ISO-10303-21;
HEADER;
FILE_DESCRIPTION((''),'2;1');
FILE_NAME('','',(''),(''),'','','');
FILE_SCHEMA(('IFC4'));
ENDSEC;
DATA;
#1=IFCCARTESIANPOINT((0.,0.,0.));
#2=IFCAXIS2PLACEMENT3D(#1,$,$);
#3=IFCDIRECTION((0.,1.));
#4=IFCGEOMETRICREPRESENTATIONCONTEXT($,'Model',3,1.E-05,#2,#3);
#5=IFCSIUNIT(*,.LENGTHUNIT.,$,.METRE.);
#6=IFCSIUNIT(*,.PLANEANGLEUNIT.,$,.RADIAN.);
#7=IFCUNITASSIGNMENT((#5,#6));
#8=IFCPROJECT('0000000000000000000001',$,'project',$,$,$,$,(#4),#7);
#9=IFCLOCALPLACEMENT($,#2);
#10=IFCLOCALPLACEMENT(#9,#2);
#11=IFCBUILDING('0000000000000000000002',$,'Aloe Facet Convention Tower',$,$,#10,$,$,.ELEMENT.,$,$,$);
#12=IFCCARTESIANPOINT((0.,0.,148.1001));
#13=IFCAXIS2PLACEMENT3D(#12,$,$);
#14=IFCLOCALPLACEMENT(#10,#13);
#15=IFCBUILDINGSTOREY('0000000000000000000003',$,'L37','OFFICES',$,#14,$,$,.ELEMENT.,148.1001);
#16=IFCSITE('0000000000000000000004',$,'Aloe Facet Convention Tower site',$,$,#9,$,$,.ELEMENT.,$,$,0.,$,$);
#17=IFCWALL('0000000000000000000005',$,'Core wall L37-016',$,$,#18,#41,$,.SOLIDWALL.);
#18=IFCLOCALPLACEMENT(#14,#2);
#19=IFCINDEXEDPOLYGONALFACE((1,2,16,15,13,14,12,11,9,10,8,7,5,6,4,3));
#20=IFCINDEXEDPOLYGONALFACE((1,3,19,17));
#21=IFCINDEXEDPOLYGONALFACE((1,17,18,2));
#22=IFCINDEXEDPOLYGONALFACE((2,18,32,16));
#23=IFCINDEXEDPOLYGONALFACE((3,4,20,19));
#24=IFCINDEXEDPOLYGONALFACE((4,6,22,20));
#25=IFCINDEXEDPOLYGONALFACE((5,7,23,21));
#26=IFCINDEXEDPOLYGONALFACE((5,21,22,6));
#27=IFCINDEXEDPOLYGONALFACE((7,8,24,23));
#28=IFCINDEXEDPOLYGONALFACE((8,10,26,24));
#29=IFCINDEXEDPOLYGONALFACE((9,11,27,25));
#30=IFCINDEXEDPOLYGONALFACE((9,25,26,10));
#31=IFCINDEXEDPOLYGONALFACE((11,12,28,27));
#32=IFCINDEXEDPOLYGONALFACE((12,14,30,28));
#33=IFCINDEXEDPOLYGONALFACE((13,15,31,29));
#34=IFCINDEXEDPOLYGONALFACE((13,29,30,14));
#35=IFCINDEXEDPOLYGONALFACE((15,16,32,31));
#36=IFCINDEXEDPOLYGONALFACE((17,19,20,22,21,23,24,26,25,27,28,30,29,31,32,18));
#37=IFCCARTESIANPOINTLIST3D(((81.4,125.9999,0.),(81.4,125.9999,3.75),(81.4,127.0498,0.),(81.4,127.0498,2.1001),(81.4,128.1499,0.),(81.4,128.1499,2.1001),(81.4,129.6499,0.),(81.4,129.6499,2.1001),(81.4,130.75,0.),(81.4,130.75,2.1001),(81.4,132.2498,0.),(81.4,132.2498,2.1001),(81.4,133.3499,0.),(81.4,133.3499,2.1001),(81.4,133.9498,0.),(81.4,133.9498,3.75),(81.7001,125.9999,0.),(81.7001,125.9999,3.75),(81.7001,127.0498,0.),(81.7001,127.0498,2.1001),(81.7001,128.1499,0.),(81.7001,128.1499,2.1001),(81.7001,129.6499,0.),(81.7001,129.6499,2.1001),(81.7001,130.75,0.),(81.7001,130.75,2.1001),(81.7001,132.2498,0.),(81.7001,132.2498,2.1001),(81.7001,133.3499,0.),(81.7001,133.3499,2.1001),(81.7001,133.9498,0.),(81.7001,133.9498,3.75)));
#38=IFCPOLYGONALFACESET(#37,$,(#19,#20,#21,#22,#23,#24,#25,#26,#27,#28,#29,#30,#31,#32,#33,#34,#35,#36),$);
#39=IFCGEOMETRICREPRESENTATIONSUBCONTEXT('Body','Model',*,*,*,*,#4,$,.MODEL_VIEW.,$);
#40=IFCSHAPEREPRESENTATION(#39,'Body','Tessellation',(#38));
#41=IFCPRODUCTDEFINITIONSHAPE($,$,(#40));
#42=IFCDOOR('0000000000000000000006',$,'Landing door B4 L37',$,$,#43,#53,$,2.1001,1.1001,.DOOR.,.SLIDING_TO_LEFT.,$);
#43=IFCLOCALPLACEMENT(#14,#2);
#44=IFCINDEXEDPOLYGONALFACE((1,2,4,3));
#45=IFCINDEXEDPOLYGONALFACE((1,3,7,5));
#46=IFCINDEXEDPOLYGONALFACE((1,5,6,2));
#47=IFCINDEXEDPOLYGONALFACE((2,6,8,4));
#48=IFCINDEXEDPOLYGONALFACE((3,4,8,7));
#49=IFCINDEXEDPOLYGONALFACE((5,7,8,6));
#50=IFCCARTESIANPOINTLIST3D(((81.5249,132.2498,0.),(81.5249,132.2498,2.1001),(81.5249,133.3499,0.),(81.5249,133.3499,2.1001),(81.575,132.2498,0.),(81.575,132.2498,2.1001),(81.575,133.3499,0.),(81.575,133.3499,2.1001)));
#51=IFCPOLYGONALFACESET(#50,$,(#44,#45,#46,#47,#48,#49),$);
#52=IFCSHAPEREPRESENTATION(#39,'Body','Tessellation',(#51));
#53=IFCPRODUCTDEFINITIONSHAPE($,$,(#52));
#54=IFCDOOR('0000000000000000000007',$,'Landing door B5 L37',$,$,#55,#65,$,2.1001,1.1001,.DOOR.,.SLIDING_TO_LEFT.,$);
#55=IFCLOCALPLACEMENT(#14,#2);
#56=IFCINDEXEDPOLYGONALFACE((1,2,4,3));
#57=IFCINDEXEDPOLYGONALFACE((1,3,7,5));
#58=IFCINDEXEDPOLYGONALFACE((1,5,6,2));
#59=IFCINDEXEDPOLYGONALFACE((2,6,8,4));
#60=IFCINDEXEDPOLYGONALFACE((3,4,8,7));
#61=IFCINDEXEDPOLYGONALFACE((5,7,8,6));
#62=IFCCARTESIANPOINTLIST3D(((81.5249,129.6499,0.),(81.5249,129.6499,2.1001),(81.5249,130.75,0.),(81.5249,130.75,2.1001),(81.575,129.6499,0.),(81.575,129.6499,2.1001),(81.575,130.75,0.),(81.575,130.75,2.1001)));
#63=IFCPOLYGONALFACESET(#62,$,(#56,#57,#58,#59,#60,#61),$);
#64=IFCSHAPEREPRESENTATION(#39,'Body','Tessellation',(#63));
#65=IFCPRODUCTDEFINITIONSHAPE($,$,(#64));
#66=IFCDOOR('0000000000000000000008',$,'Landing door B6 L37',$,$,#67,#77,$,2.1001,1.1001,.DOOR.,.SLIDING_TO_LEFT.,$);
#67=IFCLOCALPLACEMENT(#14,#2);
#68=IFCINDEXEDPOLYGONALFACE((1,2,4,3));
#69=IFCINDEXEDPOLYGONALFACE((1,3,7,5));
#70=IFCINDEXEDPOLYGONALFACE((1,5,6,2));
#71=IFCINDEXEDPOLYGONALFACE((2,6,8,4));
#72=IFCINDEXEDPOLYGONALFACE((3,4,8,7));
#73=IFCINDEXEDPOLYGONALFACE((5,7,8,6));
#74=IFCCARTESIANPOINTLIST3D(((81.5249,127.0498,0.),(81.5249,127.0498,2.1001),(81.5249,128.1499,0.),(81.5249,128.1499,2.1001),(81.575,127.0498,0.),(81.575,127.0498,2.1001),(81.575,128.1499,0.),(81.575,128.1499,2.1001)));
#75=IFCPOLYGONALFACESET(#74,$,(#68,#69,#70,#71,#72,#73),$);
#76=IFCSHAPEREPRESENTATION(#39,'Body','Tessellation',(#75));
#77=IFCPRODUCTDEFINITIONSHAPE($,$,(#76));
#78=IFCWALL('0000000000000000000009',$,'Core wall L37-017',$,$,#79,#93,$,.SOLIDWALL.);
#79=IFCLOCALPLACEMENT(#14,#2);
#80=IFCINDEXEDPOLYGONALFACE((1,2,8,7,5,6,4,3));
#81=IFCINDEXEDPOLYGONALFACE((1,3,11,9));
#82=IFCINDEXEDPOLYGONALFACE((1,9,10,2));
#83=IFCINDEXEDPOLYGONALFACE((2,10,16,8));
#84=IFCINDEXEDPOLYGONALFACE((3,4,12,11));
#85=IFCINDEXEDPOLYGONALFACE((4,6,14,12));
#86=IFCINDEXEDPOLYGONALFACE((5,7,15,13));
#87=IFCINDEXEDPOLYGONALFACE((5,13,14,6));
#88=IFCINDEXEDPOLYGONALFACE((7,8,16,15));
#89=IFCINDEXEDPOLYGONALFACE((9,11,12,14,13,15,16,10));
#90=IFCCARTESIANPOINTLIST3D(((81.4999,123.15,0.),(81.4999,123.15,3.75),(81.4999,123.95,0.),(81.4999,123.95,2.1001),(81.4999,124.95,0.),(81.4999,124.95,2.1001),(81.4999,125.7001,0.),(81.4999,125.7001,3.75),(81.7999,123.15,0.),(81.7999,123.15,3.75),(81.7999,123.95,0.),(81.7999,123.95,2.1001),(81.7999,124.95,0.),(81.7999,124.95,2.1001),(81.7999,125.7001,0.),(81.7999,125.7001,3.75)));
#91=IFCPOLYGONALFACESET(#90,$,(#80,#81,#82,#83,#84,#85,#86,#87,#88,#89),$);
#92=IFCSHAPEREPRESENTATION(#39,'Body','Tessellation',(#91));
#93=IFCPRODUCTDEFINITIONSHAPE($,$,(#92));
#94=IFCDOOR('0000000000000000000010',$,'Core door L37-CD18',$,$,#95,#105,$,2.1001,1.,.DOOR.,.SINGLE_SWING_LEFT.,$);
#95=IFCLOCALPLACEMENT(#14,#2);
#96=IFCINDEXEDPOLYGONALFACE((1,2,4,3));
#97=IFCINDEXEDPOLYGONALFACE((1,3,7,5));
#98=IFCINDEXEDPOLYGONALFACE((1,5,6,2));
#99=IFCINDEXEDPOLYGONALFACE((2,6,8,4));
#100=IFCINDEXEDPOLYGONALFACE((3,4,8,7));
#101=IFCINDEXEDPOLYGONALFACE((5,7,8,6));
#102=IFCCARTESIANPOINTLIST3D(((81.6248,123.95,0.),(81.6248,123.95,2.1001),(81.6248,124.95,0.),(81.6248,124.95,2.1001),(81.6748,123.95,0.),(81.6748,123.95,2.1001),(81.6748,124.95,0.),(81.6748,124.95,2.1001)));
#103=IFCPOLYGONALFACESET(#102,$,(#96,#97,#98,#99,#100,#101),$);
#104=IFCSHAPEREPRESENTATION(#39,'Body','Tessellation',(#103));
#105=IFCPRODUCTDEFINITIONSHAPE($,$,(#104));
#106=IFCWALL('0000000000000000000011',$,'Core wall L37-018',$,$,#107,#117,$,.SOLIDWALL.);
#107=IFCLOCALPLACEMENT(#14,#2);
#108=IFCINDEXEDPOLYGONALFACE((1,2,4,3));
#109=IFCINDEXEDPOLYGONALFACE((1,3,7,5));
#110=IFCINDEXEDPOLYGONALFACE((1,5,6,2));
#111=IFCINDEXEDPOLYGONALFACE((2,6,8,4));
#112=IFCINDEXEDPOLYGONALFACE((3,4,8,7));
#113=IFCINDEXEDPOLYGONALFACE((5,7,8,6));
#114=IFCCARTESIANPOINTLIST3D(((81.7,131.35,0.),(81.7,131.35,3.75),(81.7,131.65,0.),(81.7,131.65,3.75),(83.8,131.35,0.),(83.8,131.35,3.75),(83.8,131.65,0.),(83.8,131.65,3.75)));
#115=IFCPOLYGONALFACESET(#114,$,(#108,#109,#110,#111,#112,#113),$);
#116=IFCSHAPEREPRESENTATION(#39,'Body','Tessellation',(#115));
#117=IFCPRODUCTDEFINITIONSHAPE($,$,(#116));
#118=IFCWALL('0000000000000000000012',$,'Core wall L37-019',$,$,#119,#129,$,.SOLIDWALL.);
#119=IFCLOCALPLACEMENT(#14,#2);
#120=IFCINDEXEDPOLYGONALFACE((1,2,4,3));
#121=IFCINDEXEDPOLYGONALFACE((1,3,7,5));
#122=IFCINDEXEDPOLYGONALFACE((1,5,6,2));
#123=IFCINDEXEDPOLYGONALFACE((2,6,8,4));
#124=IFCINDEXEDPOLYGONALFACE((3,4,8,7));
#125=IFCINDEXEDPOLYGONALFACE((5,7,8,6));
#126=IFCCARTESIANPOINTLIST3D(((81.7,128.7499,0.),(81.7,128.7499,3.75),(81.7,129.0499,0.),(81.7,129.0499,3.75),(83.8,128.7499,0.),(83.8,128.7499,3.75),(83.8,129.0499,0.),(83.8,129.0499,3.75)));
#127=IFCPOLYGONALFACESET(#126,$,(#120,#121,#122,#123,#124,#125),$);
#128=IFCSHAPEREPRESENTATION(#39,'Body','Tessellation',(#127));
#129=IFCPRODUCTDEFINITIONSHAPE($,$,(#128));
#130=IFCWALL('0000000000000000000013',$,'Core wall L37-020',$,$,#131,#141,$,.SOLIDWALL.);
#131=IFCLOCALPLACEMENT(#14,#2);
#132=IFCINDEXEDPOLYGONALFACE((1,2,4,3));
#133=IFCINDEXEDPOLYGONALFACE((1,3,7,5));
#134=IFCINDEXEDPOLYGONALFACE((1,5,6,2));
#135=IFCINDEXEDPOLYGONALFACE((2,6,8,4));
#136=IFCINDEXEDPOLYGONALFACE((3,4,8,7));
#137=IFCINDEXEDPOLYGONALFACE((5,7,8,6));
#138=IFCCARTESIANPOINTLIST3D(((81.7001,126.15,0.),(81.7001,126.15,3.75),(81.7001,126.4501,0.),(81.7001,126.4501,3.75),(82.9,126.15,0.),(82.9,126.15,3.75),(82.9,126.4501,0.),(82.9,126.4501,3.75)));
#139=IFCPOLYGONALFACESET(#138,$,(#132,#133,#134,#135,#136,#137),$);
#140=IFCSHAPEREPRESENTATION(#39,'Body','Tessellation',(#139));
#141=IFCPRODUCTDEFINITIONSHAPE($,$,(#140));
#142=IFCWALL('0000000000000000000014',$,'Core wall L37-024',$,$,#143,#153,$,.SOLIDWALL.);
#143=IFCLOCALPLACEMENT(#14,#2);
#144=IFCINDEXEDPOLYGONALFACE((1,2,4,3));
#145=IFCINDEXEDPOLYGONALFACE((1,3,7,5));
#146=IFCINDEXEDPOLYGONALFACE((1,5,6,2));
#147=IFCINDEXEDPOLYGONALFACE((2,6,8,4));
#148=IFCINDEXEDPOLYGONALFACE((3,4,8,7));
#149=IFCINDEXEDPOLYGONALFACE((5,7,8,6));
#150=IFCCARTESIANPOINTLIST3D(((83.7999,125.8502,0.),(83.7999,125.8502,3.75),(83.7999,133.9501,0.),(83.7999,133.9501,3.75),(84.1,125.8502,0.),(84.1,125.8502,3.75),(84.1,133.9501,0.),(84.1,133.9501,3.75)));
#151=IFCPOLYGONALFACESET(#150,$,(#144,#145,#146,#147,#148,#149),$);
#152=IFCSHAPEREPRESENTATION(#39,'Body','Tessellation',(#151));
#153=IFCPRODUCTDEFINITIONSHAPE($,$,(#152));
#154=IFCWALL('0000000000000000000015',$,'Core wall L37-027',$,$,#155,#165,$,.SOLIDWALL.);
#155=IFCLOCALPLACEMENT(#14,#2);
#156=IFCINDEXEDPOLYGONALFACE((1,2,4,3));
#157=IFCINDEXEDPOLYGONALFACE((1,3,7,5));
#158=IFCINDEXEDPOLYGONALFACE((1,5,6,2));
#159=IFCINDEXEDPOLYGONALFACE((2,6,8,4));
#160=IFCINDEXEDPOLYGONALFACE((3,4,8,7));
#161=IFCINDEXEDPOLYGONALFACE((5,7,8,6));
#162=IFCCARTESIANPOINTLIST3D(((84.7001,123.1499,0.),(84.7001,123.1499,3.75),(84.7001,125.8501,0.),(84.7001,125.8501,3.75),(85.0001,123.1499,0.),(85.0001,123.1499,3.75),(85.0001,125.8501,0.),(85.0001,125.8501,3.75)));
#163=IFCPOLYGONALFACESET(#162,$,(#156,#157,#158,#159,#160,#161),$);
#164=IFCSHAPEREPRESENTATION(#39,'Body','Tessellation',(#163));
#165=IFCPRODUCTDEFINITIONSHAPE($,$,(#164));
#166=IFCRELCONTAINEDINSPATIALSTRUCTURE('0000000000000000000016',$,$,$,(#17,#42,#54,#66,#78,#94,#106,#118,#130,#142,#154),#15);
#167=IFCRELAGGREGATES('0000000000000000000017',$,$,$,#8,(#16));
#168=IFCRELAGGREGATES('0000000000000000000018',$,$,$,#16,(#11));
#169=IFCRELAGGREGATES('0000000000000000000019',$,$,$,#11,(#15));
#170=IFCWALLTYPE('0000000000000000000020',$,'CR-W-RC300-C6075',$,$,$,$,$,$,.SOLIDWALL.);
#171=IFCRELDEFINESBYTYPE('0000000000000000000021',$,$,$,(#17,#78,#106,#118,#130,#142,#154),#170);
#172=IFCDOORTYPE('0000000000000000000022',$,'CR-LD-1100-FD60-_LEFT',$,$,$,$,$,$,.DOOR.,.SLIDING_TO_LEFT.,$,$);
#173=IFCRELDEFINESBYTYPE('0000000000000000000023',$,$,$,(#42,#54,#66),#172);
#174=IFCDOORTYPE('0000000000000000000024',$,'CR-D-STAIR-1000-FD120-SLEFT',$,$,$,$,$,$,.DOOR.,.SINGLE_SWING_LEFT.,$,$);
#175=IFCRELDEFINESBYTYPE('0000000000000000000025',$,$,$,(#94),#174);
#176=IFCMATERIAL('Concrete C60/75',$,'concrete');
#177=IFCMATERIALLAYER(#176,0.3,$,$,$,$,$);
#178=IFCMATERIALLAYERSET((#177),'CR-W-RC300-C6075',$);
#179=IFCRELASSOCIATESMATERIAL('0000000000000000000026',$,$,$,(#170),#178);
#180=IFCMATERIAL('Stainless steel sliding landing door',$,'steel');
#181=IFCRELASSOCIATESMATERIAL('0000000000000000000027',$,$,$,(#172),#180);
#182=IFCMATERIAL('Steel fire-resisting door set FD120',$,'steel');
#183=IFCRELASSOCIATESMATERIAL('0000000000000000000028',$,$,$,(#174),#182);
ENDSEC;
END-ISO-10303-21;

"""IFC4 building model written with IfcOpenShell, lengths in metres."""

from ifc_helpers import new_model, si_unit, direction, frame, frame_2d, origin, place, context, subcontext, project, spatial, rectangle, extrude, material, layer, layer_set, type_object, element, fill, save


model = new_model("IFC4")

# Units and contexts
model_context = context("Model", 3, precision=1e-05, world=origin(), true_north=direction((0.0, 1.0)))
body_context = subcontext(model_context, "Body", "Model", "MODEL_VIEW")
ifc_project = project(units=[si_unit("LENGTHUNIT", "METRE"), si_unit("PLANEANGLEUNIT", "RADIAN")], contexts=[model_context])

# Site, building, storey
site_placement = place(None, origin())
site = spatial("IfcSite", under=ifc_project, at=site_placement, Name="Aloe Facet Convention Tower site", CompositionType="ELEMENT", RefElevation=0.0)
building_placement = place(site_placement, origin())
building = spatial("IfcBuilding", under=site, at=building_placement, Name="Aloe Facet Convention Tower", CompositionType="ELEMENT")
storey_placement = place(building_placement, frame((0.0, 0.0, 148.1001)))
storey = spatial("IfcBuildingStorey", under=building, at=storey_placement, Name="L37", Description="OFFICES", CompositionType="ELEMENT", Elevation=148.1001)

# Wall, openings, doors
ifc_material_1 = material(Name="Concrete C60/75", Category="concrete")
ifc_layer_1 = layer(ifc_material_1, 0.3)
ifc_layer_set_1 = layer_set([ifc_layer_1], Name="CR-W-RC300-C6075")
wall_type_1 = type_object("IfcWallType", Name="CR-W-RC300-C6075", PredefinedType="SOLIDWALL", material=ifc_layer_set_1)
wall_1_placement = place(storey_placement, frame((81.55, 133.95, 0.0), z_axis=(0.0, 0.0, 1.0), x_axis=(0.0, -1.0, 0.0)))
wall_1 = element("IfcWall", 1, at=wall_1_placement, inside=storey, type_object=wall_type_1, Name="Core wall L37-016", PredefinedType="SOLIDWALL", context=body_context, shape_type="SweptSolid", body=[
    extrude(rectangle(XDim=7.95, YDim=0.3, at=frame_2d((3.9751, 0.0))), origin(), (0.0, 0.0, 1.0), 3.75),
])
opening_1_placement = place(wall_1_placement, frame((0.6001, 0.0, 0.0)))
opening_1 = element("IfcOpeningElement", 2, at=opening_1_placement, cuts=wall_1, PredefinedType="OPENING", context=body_context, shape_type="SweptSolid", body=[
    extrude(rectangle(XDim=1.1001, YDim=2.1001, at=frame_2d((0.55, 1.05))), frame((0.0, 0.1602, 0.0), z_axis=(0.0, -1.0, 0.0), x_axis=(1.0, 0.0, 0.0)), (0.0, 0.0, 1.0), 0.3201),
])
opening_2_placement = place(wall_1_placement, frame((3.2, 0.0, 0.0)))
opening_2 = element("IfcOpeningElement", 3, at=opening_2_placement, cuts=wall_1, PredefinedType="OPENING", context=body_context, shape_type="SweptSolid", body=[
    extrude(rectangle(XDim=1.1001, YDim=2.1001, at=frame_2d((0.55, 1.05))), frame((0.0, 0.1602, 0.0), z_axis=(0.0, -1.0, 0.0), x_axis=(1.0, 0.0, 0.0)), (0.0, 0.0, 1.0), 0.3201),
])
opening_3_placement = place(wall_1_placement, frame((5.8, 0.0, 0.0)))
opening_3 = element("IfcOpeningElement", 4, at=opening_3_placement, cuts=wall_1, PredefinedType="OPENING", context=body_context, shape_type="SweptSolid", body=[
    extrude(rectangle(XDim=1.1001, YDim=2.1001, at=frame_2d((0.55, 1.05))), frame((0.0, 0.1602, 0.0), z_axis=(0.0, -1.0, 0.0), x_axis=(1.0, 0.0, 0.0)), (0.0, 0.0, 1.0), 0.3201),
])
ifc_material_2 = material(Name="Stainless steel sliding landing door", Category="steel")
door_type_1 = type_object("IfcDoorType", Name="CR-LD-1100-FD60-_LEFT", OperationType="SLIDING_TO_LEFT", PredefinedType="DOOR", material=ifc_material_2)
door_1_placement = place(opening_1_placement, origin())
door_1 = element("IfcDoor", 5, at=door_1_placement, inside=storey, type_object=door_type_1, Name="Landing door B4 L37", OperationType="SLIDING_TO_LEFT", OverallHeight=2.1001, OverallWidth=1.1001, PredefinedType="DOOR", context=body_context, shape_type="SweptSolid", body=[
    extrude(rectangle(XDim=1.1001, YDim=2.1001, at=frame_2d((0.55, 1.05))), frame((0.0, 0.0249, 0.0), z_axis=(0.0, -1.0, 0.0), x_axis=(1.0, 0.0, 0.0)), (0.0, 0.0, 1.0), 0.05),
])
fill(opening_1, door_1)
door_2_placement = place(opening_2_placement, origin())
door_2 = element("IfcDoor", 6, at=door_2_placement, inside=storey, type_object=door_type_1, Name="Landing door B5 L37", OperationType="SLIDING_TO_LEFT", OverallHeight=2.1001, OverallWidth=1.1001, PredefinedType="DOOR", context=body_context, shape_type="SweptSolid", body=[
    extrude(rectangle(XDim=1.1001, YDim=2.1001, at=frame_2d((0.55, 1.05))), frame((0.0, 0.0249, 0.0), z_axis=(0.0, -1.0, 0.0), x_axis=(1.0, 0.0, 0.0)), (0.0, 0.0, 1.0), 0.05),
])
fill(opening_2, door_2)
door_3_placement = place(opening_3_placement, origin())
door_3 = element("IfcDoor", 7, at=door_3_placement, inside=storey, type_object=door_type_1, Name="Landing door B6 L37", OperationType="SLIDING_TO_LEFT", OverallHeight=2.1001, OverallWidth=1.1001, PredefinedType="DOOR", context=body_context, shape_type="SweptSolid", body=[
    extrude(rectangle(XDim=1.1001, YDim=2.1001, at=frame_2d((0.55, 1.05))), frame((0.0, 0.0249, 0.0), z_axis=(0.0, -1.0, 0.0), x_axis=(1.0, 0.0, 0.0)), (0.0, 0.0, 1.0), 0.05),
])
fill(opening_3, door_3)

# Wall, opening, door
wall_2_placement = place(storey_placement, frame((81.6499, 125.7, 0.0), z_axis=(0.0, 0.0, 1.0), x_axis=(0.0, -1.0, 0.0)))
wall_2 = element("IfcWall", 8, at=wall_2_placement, inside=storey, type_object=wall_type_1, Name="Core wall L37-017", PredefinedType="SOLIDWALL", context=body_context, shape_type="SweptSolid", body=[
    extrude(rectangle(XDim=2.55, YDim=0.3, at=frame_2d((1.2749, 0.0))), origin(), (0.0, 0.0, 1.0), 3.75),
])
opening_4_placement = place(wall_2_placement, frame((0.75, 0.0, 0.0)))
opening_4 = element("IfcOpeningElement", 9, at=opening_4_placement, cuts=wall_2, PredefinedType="OPENING", context=body_context, shape_type="SweptSolid", body=[
    extrude(rectangle(XDim=1.0, YDim=2.1001, at=frame_2d((0.5, 1.05))), frame((0.0, 0.1602, 0.0), z_axis=(0.0, -1.0, 0.0), x_axis=(1.0, 0.0, 0.0)), (0.0, 0.0, 1.0), 0.3201),
])
ifc_material_3 = material(Name="Steel fire-resisting door set FD120", Category="steel")
door_type_2 = type_object("IfcDoorType", Name="CR-D-STAIR-1000-FD120-SLEFT", OperationType="SINGLE_SWING_LEFT", PredefinedType="DOOR", material=ifc_material_3)
door_4_placement = place(opening_4_placement, origin())
door_4 = element("IfcDoor", 10, at=door_4_placement, inside=storey, type_object=door_type_2, Name="Core door L37-CD18", OperationType="SINGLE_SWING_LEFT", OverallHeight=2.1001, OverallWidth=1.0, PredefinedType="DOOR", context=body_context, shape_type="SweptSolid", body=[
    extrude(rectangle(XDim=1.0, YDim=2.1001, at=frame_2d((0.5, 1.05))), frame((0.0, 0.0249, 0.0), z_axis=(0.0, -1.0, 0.0), x_axis=(1.0, 0.0, 0.0)), (0.0, 0.0, 1.0), 0.05),
])
fill(opening_4, door_4)

# Walls
for number, where, z_axis, x_axis, name in (
    (11, (81.7, 131.5, 0.0), (0.0, 0.0, 1.0), (1.0, 0.0, 0.0), "Core wall L37-018"),
    (12, (81.7, 128.8999, 0.0), (0.0, 0.0, 1.0), (1.0, 0.0, 0.0), "Core wall L37-019"),
):
    element("IfcWall", number, at=place(storey_placement, frame(where, z_axis=z_axis, x_axis=x_axis)), inside=storey, type_object=wall_type_1, Name=name, PredefinedType="SOLIDWALL", context=body_context, shape_type="SweptSolid", body=[
        extrude(rectangle(XDim=2.1001, YDim=0.3, at=frame_2d((1.05, 0.0))), origin(), (0.0, 0.0, 1.0), 3.75),
    ])
wall_3_placement = place(storey_placement, frame((81.7, 126.3, 0.0), z_axis=(0.0, 0.0, 1.0), x_axis=(1.0, 0.0, 0.0)))
element("IfcWall", 13, at=wall_3_placement, inside=storey, type_object=wall_type_1, Name="Core wall L37-020", PredefinedType="SOLIDWALL", context=body_context, shape_type="SweptSolid", body=[
    extrude(rectangle(XDim=1.2, YDim=0.3, at=frame_2d((0.6001, 0.0))), origin(), (0.0, 0.0, 1.0), 3.75),
])
wall_4_placement = place(storey_placement, frame((83.95, 133.95, 0.0), z_axis=(0.0, 0.0, 1.0), x_axis=(0.0, -1.0, 0.0)))
element("IfcWall", 14, at=wall_4_placement, inside=storey, type_object=wall_type_1, Name="Core wall L37-024", PredefinedType="SOLIDWALL", context=body_context, shape_type="SweptSolid", body=[
    extrude(rectangle(XDim=8.0999, YDim=0.3, at=frame_2d((4.0498, 0.0))), origin(), (0.0, 0.0, 1.0), 3.75),
])
wall_5_placement = place(storey_placement, frame((84.8501, 125.8501, 0.0), z_axis=(0.0, 0.0, 1.0), x_axis=(0.0, -1.0, 0.0)))
element("IfcWall", 15, at=wall_5_placement, inside=storey, type_object=wall_type_1, Name="Core wall L37-027", PredefinedType="SOLIDWALL", context=body_context, shape_type="SweptSolid", body=[
    extrude(rectangle(XDim=2.7002, YDim=0.3, at=frame_2d((1.3501, 0.0))), origin(), (0.0, 0.0, 1.0), 3.75),
])

save(model, "model.ifc")
